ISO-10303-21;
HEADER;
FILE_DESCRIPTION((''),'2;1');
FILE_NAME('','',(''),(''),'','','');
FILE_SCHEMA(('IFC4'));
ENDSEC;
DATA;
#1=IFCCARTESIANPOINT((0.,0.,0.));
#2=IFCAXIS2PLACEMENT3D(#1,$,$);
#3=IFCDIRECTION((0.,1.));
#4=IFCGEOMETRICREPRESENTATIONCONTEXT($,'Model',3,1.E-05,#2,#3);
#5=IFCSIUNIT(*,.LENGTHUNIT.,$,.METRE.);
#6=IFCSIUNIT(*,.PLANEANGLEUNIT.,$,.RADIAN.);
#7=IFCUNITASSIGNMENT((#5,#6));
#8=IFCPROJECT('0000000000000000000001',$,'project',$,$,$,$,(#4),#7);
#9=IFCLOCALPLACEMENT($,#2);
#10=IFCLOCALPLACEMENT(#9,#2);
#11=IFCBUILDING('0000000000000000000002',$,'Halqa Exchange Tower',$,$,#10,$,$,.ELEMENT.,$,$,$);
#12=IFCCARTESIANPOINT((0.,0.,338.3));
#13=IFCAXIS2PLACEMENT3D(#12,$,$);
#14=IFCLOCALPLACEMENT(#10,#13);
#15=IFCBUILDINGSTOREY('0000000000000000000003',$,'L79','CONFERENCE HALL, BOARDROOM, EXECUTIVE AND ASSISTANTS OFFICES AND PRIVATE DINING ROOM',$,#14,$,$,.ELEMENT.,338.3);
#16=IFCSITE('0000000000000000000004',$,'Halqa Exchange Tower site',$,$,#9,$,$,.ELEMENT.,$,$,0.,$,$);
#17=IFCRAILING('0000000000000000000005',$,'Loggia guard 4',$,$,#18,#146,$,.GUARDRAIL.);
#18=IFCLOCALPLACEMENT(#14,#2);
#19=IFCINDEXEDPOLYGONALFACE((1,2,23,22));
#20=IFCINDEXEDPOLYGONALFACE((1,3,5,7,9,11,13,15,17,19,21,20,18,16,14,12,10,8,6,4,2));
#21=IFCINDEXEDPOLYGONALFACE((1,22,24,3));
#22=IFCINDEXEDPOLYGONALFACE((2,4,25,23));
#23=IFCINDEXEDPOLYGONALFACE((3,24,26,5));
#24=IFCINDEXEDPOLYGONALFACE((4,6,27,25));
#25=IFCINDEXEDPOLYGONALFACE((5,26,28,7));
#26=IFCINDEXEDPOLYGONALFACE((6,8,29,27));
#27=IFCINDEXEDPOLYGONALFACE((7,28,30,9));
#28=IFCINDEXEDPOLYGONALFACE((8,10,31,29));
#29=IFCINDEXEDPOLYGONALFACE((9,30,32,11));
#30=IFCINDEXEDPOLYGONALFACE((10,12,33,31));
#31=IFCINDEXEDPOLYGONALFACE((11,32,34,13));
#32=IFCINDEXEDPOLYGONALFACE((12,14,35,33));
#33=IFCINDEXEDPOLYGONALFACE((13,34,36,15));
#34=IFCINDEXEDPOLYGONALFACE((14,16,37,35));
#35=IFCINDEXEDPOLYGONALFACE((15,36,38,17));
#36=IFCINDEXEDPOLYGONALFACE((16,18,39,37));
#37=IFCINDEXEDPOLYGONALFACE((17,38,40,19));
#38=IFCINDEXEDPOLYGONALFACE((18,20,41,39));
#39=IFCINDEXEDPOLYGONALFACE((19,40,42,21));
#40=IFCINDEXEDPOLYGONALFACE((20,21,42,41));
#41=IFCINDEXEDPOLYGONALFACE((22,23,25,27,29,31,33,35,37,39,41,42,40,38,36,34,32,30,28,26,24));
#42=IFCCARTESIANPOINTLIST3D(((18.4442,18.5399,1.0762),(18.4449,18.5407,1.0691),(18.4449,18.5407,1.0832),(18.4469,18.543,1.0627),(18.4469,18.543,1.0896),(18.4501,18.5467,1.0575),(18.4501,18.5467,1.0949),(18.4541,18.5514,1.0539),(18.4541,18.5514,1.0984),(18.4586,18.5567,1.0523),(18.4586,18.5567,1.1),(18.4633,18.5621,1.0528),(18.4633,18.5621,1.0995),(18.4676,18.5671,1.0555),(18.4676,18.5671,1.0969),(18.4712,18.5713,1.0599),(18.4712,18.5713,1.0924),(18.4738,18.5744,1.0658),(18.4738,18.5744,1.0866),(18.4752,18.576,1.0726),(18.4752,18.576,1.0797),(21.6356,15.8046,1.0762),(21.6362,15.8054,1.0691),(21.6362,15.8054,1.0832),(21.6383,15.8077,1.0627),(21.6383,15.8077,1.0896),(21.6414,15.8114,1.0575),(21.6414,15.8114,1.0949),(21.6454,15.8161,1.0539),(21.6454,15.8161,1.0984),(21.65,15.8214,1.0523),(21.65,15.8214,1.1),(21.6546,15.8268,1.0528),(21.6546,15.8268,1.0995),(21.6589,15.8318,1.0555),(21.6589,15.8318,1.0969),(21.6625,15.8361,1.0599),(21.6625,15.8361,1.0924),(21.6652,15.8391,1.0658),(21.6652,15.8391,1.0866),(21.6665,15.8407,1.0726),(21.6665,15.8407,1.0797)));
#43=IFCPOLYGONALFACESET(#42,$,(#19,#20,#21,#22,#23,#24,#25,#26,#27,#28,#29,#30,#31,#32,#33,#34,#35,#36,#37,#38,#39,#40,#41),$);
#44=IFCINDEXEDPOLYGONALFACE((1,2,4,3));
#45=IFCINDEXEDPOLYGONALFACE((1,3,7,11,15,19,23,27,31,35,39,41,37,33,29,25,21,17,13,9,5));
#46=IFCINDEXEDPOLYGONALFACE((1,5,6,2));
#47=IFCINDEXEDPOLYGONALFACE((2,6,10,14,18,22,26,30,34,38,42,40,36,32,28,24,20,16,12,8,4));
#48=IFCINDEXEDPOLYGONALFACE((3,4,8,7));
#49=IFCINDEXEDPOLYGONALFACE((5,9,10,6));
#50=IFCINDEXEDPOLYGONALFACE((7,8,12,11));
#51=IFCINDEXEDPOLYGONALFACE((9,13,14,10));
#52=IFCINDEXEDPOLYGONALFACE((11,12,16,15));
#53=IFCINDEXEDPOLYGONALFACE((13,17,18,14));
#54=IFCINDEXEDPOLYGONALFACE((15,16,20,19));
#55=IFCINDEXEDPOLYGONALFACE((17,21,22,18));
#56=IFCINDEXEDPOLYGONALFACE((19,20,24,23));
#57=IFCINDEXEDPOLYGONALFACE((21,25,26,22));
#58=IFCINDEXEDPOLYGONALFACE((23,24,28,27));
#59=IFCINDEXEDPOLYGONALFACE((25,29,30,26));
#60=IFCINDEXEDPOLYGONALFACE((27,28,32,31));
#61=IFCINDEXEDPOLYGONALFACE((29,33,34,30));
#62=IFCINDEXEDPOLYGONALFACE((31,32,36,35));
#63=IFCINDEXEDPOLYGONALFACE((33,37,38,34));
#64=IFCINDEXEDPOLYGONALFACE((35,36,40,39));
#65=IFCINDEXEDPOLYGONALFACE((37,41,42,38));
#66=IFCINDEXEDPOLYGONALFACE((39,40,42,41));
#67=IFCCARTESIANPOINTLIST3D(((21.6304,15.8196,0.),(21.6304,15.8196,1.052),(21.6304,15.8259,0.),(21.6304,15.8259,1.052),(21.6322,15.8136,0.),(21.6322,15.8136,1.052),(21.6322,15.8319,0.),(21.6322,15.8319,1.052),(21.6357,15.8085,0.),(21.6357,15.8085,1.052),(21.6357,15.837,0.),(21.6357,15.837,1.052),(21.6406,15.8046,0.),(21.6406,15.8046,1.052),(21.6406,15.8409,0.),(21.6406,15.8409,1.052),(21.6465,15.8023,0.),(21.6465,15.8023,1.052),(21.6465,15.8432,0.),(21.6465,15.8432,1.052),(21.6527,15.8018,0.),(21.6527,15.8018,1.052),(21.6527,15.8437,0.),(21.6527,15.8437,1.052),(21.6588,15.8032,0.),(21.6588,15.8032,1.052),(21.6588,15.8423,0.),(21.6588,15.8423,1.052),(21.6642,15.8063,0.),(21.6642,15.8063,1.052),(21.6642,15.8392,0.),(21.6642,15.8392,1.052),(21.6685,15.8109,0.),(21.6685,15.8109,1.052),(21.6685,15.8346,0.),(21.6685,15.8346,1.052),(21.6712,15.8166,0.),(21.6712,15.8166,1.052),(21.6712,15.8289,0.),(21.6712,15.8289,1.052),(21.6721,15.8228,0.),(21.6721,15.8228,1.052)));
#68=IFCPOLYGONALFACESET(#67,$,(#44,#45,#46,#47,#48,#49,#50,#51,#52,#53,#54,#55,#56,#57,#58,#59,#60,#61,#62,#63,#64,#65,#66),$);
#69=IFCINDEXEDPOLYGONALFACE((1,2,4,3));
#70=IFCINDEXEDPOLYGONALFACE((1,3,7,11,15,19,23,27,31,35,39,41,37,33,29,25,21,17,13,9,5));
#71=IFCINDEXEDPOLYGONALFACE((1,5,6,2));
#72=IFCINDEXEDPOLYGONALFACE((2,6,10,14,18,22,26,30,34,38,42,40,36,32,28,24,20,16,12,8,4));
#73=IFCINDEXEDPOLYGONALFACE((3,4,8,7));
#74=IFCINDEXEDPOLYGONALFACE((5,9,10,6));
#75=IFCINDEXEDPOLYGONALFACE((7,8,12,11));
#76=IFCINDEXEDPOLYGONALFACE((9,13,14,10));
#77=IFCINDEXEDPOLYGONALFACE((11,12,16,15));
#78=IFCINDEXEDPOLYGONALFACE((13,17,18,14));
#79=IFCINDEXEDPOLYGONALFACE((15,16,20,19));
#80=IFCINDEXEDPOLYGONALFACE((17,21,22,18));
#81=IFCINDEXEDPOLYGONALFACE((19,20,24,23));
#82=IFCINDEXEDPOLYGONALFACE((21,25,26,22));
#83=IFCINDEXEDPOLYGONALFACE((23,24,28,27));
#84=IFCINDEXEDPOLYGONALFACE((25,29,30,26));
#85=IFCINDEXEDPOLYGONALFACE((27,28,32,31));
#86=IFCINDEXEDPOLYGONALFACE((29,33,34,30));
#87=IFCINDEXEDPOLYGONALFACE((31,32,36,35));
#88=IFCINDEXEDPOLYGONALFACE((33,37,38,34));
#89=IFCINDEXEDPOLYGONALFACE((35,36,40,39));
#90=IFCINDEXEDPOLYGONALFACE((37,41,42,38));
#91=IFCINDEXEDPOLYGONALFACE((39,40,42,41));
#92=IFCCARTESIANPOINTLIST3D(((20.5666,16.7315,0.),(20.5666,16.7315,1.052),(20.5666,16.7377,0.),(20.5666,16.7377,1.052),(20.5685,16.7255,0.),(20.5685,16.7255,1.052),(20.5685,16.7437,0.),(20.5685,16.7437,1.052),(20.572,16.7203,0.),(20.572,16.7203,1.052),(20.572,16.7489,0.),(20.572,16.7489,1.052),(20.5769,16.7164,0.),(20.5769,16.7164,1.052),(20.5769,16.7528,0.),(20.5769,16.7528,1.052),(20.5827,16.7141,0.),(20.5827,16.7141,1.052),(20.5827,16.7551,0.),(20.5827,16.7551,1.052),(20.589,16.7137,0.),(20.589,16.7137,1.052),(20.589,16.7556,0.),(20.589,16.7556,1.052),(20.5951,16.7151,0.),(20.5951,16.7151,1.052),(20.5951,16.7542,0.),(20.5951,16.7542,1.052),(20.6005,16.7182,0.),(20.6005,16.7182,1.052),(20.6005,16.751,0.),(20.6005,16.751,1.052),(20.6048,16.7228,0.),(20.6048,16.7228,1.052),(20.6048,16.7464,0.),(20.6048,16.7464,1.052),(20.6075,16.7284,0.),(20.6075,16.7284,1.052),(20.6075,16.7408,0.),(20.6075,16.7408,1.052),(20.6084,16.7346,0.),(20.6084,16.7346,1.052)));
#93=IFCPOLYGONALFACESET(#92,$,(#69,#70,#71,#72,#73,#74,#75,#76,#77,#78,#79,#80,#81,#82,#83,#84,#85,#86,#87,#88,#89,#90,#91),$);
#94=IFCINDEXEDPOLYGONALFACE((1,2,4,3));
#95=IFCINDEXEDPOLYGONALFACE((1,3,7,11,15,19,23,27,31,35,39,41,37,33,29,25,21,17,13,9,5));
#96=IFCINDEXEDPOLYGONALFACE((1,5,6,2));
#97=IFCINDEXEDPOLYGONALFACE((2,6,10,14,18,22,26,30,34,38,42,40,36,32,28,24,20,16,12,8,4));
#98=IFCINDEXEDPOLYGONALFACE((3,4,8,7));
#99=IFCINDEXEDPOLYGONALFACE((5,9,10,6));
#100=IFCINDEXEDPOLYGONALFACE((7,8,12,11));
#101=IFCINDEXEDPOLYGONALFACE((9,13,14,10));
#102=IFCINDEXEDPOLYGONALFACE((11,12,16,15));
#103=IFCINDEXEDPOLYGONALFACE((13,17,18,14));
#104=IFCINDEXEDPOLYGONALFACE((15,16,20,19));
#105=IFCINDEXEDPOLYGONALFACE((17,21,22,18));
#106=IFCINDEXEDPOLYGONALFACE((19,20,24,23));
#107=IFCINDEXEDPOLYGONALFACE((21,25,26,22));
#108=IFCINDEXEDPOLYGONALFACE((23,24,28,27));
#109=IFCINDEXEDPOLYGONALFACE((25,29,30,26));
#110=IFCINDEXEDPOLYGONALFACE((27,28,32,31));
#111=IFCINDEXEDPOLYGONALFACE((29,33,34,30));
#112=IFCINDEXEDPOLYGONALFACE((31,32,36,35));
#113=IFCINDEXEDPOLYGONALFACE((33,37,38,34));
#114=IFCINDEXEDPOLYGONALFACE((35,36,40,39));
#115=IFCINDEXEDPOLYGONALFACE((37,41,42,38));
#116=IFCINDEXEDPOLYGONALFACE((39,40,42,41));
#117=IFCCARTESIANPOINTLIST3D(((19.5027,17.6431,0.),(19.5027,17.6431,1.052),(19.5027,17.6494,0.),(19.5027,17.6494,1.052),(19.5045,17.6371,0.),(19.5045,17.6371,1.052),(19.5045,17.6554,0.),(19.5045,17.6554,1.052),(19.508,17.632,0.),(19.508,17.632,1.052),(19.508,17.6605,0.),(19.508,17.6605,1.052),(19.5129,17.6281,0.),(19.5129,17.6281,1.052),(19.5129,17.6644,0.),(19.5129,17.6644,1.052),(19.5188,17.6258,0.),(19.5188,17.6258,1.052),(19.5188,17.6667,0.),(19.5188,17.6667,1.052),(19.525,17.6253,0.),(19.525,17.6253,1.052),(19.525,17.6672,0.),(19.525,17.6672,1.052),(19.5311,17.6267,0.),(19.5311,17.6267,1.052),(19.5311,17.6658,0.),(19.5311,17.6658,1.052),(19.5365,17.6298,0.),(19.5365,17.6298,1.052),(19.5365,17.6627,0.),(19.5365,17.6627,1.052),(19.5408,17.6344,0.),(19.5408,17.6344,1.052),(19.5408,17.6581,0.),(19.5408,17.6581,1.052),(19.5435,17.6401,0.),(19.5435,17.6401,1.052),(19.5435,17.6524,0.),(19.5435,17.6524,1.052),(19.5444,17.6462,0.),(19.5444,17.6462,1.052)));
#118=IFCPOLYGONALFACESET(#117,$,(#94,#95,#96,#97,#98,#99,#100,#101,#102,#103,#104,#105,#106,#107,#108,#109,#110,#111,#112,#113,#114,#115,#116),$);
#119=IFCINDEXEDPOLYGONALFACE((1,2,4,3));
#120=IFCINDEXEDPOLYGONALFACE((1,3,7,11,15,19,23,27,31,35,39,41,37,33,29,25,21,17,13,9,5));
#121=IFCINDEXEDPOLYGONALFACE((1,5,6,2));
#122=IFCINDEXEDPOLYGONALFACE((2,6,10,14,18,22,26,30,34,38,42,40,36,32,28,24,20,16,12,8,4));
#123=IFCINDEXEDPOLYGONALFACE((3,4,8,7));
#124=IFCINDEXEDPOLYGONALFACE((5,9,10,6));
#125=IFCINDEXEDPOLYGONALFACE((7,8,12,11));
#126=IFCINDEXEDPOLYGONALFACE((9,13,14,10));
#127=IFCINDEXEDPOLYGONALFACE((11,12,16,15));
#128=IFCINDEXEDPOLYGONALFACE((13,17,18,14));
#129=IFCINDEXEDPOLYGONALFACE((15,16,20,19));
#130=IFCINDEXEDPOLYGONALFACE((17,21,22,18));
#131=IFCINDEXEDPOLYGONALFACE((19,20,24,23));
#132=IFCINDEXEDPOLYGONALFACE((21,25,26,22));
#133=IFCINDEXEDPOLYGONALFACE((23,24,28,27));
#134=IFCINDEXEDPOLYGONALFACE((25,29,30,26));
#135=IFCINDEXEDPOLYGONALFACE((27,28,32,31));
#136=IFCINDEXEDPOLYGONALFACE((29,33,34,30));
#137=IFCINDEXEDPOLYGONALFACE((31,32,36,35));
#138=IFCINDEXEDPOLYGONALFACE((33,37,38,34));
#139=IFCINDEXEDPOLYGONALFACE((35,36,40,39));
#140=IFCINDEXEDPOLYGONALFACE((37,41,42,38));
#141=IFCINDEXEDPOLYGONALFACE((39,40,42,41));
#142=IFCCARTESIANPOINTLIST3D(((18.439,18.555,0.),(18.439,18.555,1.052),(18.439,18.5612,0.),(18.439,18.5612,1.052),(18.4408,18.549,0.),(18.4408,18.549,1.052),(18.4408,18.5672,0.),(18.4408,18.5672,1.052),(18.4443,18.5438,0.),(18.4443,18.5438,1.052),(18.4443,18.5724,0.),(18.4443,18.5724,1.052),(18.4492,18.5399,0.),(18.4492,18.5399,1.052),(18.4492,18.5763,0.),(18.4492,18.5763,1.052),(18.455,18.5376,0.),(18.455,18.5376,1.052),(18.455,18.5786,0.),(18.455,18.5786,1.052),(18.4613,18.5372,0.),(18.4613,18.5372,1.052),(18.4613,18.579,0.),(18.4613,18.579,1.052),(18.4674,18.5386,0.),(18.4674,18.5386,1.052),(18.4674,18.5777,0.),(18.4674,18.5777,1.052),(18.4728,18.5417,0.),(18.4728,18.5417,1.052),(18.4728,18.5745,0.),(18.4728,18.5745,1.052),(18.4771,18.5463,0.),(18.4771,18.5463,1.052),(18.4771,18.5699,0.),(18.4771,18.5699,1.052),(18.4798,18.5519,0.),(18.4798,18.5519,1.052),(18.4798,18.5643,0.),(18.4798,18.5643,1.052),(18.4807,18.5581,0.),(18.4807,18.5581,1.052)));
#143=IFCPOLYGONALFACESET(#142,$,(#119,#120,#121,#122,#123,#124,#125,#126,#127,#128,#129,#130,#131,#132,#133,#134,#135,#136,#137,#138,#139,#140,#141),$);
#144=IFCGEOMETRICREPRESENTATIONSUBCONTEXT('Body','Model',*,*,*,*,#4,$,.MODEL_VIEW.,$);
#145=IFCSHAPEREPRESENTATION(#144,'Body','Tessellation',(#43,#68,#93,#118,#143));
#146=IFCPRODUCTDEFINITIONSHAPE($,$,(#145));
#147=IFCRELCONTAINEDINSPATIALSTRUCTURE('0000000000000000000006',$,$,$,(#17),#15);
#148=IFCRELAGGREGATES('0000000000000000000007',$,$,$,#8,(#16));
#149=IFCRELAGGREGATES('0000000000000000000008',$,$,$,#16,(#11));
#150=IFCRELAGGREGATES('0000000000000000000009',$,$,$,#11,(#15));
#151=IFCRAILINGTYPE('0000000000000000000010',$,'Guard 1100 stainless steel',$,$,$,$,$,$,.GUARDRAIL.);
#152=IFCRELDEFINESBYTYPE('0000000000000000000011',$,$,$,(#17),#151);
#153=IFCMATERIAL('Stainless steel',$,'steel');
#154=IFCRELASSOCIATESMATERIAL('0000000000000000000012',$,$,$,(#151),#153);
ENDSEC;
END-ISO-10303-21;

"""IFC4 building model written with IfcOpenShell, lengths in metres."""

from ifc_helpers import new_model, si_unit, direction, frame, origin, origin_2d, place, context, subcontext, project, spatial, circle, extrude, material, type_object, element, save


model = new_model("IFC4")

# Units and contexts
model_context = context("Model", 3, precision=1e-05, world=origin(), true_north=direction((0.0, 1.0)))
body_context = subcontext(model_context, "Body", "Model", "MODEL_VIEW")
ifc_project = project(units=[si_unit("LENGTHUNIT", "METRE"), si_unit("PLANEANGLEUNIT", "RADIAN")], contexts=[model_context])

# Site, building, storey
site_placement = place(None, origin())
site = spatial("IfcSite", under=ifc_project, at=site_placement, Name="Halqa Exchange Tower site", CompositionType="ELEMENT", RefElevation=0.0)
building_placement = place(site_placement, origin())
building = spatial("IfcBuilding", under=site, at=building_placement, Name="Halqa Exchange Tower", CompositionType="ELEMENT")
storey_placement = place(building_placement, frame((0.0, 0.0, 338.3)))
storey = spatial("IfcBuildingStorey", under=building, at=storey_placement, Name="L79", Description="CONFERENCE HALL, BOARDROOM, EXECUTIVE AND ASSISTANTS OFFICES AND PRIVATE DINING ROOM", CompositionType="ELEMENT", Elevation=338.3)

# Railing
ifc_material_1 = material(Name="Stainless steel", Category="steel")
railing_type = type_object("IfcRailingType", Name="Guard 1100 stainless steel", PredefinedType="GUARDRAIL", material=ifc_material_1)
railing_1_placement = place(storey_placement, frame((21.6511, 15.8228, 0.0)))
element("IfcRailing", 1, at=railing_1_placement, inside=storey, type_object=railing_type, Name="Loggia guard 4", PredefinedType="GUARDRAIL", context=body_context, shape_type="SweptSolid", body=[
    extrude(circle(Radius=0.0239, at=origin_2d()), frame((0.0, 0.0, 1.0762), z_axis=(-0.759273, 0.650772, 0.0), x_axis=(-0.650772, -0.759273, 0.0)), (0.0, 0.0, 1.0), 4.2031),
    extrude(circle(Radius=0.021, at=origin_2d()), origin(), (0.0, 0.0, 1.0), 1.052),
    extrude(circle(Radius=0.021, at=origin_2d()), frame((-1.0637, 0.9119, 0.0)), (0.0, 0.0, 1.0), 1.052),
    extrude(circle(Radius=0.021, at=origin_2d()), frame((-2.1277, 1.8235, 0.0)), (0.0, 0.0, 1.0), 1.052),
    extrude(circle(Radius=0.021, at=origin_2d()), frame((-3.1914, 2.7354, 0.0)), (0.0, 0.0, 1.0), 1.052),
])

save(model, "model.ifc")
